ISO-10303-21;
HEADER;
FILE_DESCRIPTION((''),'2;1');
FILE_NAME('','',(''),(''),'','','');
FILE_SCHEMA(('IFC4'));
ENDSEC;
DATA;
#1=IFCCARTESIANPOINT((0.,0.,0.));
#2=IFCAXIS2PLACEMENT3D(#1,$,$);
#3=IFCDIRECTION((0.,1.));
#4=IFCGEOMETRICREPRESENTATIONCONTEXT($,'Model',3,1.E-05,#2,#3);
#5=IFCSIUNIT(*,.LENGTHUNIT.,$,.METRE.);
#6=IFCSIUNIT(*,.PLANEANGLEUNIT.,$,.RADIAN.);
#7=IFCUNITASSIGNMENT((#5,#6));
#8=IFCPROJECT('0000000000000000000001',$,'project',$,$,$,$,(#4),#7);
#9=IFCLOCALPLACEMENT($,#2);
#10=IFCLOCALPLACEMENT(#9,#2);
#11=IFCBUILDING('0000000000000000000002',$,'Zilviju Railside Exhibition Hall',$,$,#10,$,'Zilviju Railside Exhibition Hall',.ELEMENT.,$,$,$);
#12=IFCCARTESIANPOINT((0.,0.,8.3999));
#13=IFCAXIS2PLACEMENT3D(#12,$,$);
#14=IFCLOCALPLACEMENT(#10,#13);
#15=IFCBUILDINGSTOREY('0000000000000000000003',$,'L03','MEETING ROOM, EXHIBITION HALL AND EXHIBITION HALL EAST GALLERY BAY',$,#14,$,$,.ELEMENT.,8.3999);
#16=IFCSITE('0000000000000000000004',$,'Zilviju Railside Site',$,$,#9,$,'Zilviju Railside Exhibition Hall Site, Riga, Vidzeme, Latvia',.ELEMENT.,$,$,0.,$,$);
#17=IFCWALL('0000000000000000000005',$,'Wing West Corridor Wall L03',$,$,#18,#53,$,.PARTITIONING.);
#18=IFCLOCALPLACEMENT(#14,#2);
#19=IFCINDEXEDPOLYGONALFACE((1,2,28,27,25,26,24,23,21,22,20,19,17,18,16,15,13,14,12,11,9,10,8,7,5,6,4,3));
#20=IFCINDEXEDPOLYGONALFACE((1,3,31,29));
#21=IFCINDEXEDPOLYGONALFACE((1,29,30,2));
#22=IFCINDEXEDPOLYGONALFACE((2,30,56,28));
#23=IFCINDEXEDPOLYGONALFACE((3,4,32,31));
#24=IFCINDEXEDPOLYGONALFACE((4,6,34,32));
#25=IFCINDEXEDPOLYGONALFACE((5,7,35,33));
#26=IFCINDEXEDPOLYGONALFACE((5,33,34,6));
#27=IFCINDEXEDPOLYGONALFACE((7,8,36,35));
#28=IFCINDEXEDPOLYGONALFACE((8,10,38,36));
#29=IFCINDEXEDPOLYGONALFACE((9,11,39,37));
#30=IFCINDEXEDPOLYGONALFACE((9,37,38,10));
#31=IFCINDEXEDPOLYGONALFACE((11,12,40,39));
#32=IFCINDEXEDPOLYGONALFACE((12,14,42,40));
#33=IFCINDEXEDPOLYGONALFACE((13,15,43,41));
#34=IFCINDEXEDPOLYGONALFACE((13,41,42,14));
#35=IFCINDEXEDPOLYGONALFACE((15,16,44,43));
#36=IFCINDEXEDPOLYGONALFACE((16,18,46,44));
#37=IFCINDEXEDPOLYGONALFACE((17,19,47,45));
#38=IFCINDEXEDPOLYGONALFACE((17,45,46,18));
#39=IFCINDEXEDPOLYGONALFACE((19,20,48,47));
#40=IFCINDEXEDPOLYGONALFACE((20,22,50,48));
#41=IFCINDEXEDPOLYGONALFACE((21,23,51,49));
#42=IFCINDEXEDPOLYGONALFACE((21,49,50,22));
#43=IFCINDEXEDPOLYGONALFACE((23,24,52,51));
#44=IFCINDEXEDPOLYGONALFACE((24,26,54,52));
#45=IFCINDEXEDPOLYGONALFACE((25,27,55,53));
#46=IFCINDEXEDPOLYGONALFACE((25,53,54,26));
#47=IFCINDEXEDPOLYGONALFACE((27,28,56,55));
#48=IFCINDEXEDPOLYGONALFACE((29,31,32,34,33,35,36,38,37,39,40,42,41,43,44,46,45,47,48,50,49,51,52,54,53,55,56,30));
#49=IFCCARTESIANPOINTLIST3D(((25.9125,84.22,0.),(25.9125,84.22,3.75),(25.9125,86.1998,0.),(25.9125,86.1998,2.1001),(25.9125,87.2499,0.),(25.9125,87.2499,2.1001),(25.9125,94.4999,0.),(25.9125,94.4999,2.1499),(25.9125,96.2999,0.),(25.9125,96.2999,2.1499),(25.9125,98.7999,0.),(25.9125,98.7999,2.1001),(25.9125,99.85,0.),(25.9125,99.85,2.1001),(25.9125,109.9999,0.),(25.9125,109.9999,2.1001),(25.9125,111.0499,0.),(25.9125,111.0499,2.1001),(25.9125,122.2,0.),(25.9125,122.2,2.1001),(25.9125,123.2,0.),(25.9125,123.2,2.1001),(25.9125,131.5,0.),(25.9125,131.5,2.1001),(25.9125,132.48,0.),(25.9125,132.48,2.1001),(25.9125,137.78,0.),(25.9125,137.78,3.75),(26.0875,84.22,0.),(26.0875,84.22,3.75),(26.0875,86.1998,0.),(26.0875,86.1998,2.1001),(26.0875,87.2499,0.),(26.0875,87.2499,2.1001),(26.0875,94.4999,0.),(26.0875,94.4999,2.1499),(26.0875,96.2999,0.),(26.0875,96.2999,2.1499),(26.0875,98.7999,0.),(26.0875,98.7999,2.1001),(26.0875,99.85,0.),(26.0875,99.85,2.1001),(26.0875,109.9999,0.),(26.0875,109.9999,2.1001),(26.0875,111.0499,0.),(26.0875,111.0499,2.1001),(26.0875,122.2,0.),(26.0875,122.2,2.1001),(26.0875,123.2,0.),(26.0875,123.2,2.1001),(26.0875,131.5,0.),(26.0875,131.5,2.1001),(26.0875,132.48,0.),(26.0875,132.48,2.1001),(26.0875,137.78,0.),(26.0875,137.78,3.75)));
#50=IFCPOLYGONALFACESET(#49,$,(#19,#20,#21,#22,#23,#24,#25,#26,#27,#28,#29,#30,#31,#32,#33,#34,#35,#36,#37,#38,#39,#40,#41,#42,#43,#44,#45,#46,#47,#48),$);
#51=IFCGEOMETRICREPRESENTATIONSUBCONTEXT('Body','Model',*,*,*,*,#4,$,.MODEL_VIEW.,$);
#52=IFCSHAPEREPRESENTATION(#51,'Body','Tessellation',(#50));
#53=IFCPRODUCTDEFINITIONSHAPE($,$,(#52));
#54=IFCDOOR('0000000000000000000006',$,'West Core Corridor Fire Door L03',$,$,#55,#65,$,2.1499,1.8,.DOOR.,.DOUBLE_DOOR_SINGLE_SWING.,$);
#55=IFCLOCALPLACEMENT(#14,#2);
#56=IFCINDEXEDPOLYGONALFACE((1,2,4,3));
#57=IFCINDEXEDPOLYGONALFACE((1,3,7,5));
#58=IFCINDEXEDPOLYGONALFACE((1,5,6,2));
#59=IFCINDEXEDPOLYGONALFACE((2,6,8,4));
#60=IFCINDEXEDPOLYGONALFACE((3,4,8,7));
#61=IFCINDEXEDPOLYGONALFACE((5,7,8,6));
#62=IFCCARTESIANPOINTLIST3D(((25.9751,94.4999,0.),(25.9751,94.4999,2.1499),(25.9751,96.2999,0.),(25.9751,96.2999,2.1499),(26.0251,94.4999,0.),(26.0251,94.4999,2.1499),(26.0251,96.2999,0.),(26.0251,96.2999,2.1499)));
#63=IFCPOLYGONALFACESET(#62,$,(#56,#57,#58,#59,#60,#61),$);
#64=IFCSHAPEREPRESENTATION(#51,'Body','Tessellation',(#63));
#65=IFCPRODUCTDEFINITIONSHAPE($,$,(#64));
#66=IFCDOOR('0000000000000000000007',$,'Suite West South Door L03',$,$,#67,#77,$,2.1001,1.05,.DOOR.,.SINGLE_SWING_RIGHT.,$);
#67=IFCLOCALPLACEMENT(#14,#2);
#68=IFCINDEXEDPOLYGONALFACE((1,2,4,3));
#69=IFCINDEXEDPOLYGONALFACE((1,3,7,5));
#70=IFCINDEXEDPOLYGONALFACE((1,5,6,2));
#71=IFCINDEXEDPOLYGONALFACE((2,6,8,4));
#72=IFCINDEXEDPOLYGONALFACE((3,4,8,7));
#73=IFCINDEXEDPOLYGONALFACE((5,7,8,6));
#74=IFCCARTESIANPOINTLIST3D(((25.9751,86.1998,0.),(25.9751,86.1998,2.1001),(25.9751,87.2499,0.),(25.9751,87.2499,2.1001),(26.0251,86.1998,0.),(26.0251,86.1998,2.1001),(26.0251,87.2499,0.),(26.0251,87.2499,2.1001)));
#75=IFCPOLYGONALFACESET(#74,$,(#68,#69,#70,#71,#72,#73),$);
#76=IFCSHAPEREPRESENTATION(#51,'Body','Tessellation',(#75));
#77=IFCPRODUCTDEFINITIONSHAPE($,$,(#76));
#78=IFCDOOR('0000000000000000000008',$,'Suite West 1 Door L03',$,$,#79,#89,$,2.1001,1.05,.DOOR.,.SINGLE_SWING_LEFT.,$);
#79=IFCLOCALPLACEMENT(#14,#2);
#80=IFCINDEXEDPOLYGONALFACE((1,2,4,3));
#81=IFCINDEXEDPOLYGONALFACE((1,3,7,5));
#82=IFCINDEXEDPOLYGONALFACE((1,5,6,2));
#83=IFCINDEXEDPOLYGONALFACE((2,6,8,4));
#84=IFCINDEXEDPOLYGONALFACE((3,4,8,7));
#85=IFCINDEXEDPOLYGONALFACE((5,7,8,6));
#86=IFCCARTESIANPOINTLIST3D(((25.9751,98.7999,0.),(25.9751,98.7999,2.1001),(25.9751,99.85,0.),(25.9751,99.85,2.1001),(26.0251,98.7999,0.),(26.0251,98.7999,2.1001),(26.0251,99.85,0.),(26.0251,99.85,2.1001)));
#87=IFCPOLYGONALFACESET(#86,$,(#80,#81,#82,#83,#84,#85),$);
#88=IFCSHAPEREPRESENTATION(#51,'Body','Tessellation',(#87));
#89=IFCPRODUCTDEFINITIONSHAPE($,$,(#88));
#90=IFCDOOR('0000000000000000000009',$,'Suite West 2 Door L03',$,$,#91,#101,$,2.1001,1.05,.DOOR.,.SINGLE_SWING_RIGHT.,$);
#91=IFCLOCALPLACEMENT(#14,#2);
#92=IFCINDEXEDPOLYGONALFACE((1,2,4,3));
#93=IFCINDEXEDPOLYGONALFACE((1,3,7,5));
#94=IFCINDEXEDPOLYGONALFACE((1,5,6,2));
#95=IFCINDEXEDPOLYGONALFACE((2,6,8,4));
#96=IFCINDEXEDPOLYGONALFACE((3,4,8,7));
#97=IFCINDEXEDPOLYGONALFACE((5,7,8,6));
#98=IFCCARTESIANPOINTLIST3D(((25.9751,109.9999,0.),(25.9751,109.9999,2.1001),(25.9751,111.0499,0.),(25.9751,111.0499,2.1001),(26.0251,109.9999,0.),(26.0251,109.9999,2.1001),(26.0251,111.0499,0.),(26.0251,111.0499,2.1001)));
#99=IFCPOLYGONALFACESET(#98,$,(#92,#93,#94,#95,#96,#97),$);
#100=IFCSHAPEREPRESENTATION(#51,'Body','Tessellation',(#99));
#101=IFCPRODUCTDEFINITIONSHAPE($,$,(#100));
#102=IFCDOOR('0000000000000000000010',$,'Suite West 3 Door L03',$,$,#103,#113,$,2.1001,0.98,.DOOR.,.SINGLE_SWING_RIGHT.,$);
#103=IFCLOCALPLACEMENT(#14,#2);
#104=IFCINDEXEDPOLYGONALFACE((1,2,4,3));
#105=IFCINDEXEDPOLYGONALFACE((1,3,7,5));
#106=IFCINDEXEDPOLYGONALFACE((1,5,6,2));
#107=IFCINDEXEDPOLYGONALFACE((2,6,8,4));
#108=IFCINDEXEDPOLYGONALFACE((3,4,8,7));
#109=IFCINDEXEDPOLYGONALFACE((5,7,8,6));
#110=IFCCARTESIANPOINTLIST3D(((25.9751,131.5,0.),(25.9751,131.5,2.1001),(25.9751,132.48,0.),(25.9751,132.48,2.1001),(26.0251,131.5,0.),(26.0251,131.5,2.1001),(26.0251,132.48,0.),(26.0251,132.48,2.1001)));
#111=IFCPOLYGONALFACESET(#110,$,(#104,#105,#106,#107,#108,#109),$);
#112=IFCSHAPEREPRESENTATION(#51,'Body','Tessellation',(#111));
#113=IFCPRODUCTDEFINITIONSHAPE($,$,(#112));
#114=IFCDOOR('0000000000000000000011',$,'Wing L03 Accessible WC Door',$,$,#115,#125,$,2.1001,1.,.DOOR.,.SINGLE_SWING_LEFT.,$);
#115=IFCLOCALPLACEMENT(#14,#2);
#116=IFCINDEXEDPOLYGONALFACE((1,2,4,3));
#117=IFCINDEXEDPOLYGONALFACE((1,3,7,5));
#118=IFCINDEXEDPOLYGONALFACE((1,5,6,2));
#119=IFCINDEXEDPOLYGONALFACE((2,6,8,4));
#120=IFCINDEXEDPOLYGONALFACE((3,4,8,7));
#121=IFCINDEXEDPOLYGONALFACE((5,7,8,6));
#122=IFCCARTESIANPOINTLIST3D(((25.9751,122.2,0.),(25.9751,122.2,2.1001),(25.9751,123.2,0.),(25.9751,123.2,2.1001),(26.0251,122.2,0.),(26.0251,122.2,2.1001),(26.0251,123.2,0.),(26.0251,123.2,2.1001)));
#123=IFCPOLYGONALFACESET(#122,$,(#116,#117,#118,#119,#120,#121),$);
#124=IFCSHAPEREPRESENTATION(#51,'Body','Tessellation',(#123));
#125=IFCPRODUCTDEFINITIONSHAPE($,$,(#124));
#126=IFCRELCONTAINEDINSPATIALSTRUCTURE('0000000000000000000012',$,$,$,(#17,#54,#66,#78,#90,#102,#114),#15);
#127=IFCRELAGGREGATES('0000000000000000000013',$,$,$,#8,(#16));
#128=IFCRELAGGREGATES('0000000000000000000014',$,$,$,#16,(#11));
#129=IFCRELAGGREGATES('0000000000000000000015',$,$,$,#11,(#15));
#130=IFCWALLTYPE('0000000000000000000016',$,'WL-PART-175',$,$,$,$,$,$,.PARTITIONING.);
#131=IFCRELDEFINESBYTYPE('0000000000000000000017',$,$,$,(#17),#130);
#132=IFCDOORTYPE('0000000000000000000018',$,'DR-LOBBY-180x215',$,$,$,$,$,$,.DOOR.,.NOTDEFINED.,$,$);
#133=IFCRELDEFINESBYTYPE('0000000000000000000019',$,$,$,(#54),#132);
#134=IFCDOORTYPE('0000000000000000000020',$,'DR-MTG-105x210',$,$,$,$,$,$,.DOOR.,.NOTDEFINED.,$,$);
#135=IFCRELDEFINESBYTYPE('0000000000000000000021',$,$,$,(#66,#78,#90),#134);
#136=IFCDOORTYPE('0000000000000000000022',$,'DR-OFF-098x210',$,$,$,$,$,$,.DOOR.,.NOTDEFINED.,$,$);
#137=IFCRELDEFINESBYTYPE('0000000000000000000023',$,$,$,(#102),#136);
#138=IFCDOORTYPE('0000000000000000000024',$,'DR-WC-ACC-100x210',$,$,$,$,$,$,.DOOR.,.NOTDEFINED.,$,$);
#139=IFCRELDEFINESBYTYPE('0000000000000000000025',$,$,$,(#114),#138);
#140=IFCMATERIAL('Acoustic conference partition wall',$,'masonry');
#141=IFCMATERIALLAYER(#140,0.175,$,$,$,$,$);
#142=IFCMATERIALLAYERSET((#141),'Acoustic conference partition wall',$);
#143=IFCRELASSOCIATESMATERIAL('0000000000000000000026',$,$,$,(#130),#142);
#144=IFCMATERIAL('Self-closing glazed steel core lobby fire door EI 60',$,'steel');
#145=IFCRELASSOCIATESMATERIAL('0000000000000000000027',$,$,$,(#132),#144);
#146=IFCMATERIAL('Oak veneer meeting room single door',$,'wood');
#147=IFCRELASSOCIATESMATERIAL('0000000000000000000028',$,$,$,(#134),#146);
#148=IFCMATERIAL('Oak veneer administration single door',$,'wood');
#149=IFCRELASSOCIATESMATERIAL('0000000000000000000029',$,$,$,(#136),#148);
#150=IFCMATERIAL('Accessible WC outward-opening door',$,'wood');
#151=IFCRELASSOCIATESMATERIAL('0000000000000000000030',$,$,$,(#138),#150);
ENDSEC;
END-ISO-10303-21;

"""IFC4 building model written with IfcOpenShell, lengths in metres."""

from ifc_helpers import new_model, si_unit, direction, frame, frame_2d, origin, place, context, subcontext, project, spatial, rectangle, extrude, material, layer, layer_set, type_object, element, fill, save


model = new_model("IFC4")

# Units and contexts
model_context = context("Model", 3, precision=1e-05, world=origin(), true_north=direction((0.0, 1.0)))
body_context = subcontext(model_context, "Body", "Model", "MODEL_VIEW")
ifc_project = project(units=[si_unit("LENGTHUNIT", "METRE"), si_unit("PLANEANGLEUNIT", "RADIAN")], contexts=[model_context])

# Site, building, storey
site_placement = place(None, origin())
site = spatial("IfcSite", under=ifc_project, at=site_placement, Name="Zilviju Railside Site", LongName="Zilviju Railside Exhibition Hall Site, Riga, Vidzeme, Latvia", CompositionType="ELEMENT", RefElevation=0.0)
building_placement = place(site_placement, origin())
building = spatial("IfcBuilding", under=site, at=building_placement, Name="Zilviju Railside Exhibition Hall", LongName="Zilviju Railside Exhibition Hall", CompositionType="ELEMENT")
storey_placement = place(building_placement, frame((0.0, 0.0, 8.3999)))
storey = spatial("IfcBuildingStorey", under=building, at=storey_placement, Name="L03", Description="MEETING ROOM, EXHIBITION HALL AND EXHIBITION HALL EAST GALLERY BAY", CompositionType="ELEMENT", Elevation=8.3999)

# Wall, openings, doors
ifc_material_1 = material(Name="Acoustic conference partition wall", Category="masonry")
ifc_layer_1 = layer(ifc_material_1, 0.175)
ifc_layer_set_1 = layer_set([ifc_layer_1], Name="Acoustic conference partition wall")
wall_type_1 = type_object("IfcWallType", Name="WL-PART-175", PredefinedType="PARTITIONING", material=ifc_layer_set_1)
wall_1_placement = place(storey_placement, frame((26.0, 84.22, 0.0), z_axis=(0.0, 0.0, 1.0), x_axis=(0.0, 1.0, 0.0)))
wall_1 = element("IfcWall", 1, at=wall_1_placement, inside=storey, type_object=wall_type_1, Name="Wing West Corridor Wall L03", PredefinedType="PARTITIONING", context=body_context, shape_type="SweptSolid", body=[
    extrude(rectangle(XDim=53.5601, YDim=0.175, at=frame_2d((26.78, 0.0))), origin(), (0.0, 0.0, 1.0), 3.75),
])
opening_1_placement = place(wall_1_placement, frame((1.98, 0.0, 0.0)))
opening_1 = element("IfcOpeningElement", 2, at=opening_1_placement, cuts=wall_1, PredefinedType="OPENING", context=body_context, shape_type="SweptSolid", body=[
    extrude(rectangle(XDim=1.05, YDim=2.1001, at=frame_2d((0.5249, 1.05))), frame((0.0, 0.0974, 0.0), z_axis=(0.0, -1.0, 0.0), x_axis=(1.0, 0.0, 0.0)), (0.0, 0.0, 1.0), 0.1951),
])
opening_2_placement = place(wall_1_placement, frame((10.28, 0.0, 0.0)))
opening_2 = element("IfcOpeningElement", 3, at=opening_2_placement, cuts=wall_1, PredefinedType="OPENING", context=body_context, shape_type="SweptSolid", body=[
    extrude(rectangle(XDim=1.8, YDim=2.1499, at=frame_2d((0.8999, 1.075))), frame((0.0, 0.0974, 0.0), z_axis=(0.0, -1.0, 0.0), x_axis=(1.0, 0.0, 0.0)), (0.0, 0.0, 1.0), 0.1951),
])
opening_3_placement = place(wall_1_placement, frame((14.5801, 0.0, 0.0)))
opening_3 = element("IfcOpeningElement", 4, at=opening_3_placement, cuts=wall_1, PredefinedType="OPENING", context=body_context, shape_type="SweptSolid", body=[
    extrude(rectangle(XDim=1.05, YDim=2.1001, at=frame_2d((0.5249, 1.05))), frame((0.0, 0.0974, 0.0), z_axis=(0.0, -1.0, 0.0), x_axis=(1.0, 0.0, 0.0)), (0.0, 0.0, 1.0), 0.1951),
])
opening_4_placement = place(wall_1_placement, frame((25.78, 0.0, 0.0)))
opening_4 = element("IfcOpeningElement", 5, at=opening_4_placement, cuts=wall_1, PredefinedType="OPENING", context=body_context, shape_type="SweptSolid", body=[
    extrude(rectangle(XDim=1.05, YDim=2.1001, at=frame_2d((0.5249, 1.05))), frame((0.0, 0.0974, 0.0), z_axis=(0.0, -1.0, 0.0), x_axis=(1.0, 0.0, 0.0)), (0.0, 0.0, 1.0), 0.1951),
])
opening_5_placement = place(wall_1_placement, frame((37.98, 0.0, 0.0)))
opening_5 = element("IfcOpeningElement", 6, at=opening_5_placement, cuts=wall_1, PredefinedType="OPENING", context=body_context, shape_type="SweptSolid", body=[
    extrude(rectangle(XDim=1.0, YDim=2.1001, at=frame_2d((0.5, 1.05))), frame((0.0, 0.0974, 0.0), z_axis=(0.0, -1.0, 0.0), x_axis=(1.0, 0.0, 0.0)), (0.0, 0.0, 1.0), 0.1951),
])
opening_6_placement = place(wall_1_placement, frame((47.28, 0.0, 0.0)))
opening_6 = element("IfcOpeningElement", 7, at=opening_6_placement, cuts=wall_1, PredefinedType="OPENING", context=body_context, shape_type="SweptSolid", body=[
    extrude(rectangle(XDim=0.98, YDim=2.1001, at=frame_2d((0.49, 1.05))), frame((0.0, 0.0974, 0.0), z_axis=(0.0, -1.0, 0.0), x_axis=(1.0, 0.0, 0.0)), (0.0, 0.0, 1.0), 0.1951),
])
ifc_material_2 = material(Name="Self-closing glazed steel core lobby fire door EI 60", Category="steel")
door_type_1 = type_object("IfcDoorType", Name="DR-LOBBY-180x215", OperationType="NOTDEFINED", PredefinedType="DOOR", material=ifc_material_2)
door_1_placement = place(opening_2_placement, origin())
door_1 = element("IfcDoor", 8, at=door_1_placement, inside=storey, type_object=door_type_1, Name="West Core Corridor Fire Door L03", OperationType="DOUBLE_DOOR_SINGLE_SWING", OverallHeight=2.1499, OverallWidth=1.8, PredefinedType="DOOR", context=body_context, shape_type="SweptSolid", body=[
    extrude(rectangle(XDim=1.8, YDim=2.1499, at=frame_2d((0.8999, 1.075))), frame((0.0, 0.0249, 0.0), z_axis=(0.0, -1.0, 0.0), x_axis=(1.0, 0.0, 0.0)), (0.0, 0.0, 1.0), 0.05),
])
fill(opening_2, door_1)
ifc_material_3 = material(Name="Oak veneer meeting room single door", Category="wood")
door_type_2 = type_object("IfcDoorType", Name="DR-MTG-105x210", OperationType="NOTDEFINED", PredefinedType="DOOR", material=ifc_material_3)
door_2_placement = place(opening_1_placement, origin())
door_2 = element("IfcDoor", 9, at=door_2_placement, inside=storey, type_object=door_type_2, Name="Suite West South Door L03", OperationType="SINGLE_SWING_RIGHT", OverallHeight=2.1001, OverallWidth=1.05, PredefinedType="DOOR", context=body_context, shape_type="SweptSolid", body=[
    extrude(rectangle(XDim=1.05, YDim=2.1001, at=frame_2d((0.5249, 1.05))), frame((0.0, 0.0249, 0.0), z_axis=(0.0, -1.0, 0.0), x_axis=(1.0, 0.0, 0.0)), (0.0, 0.0, 1.0), 0.05),
])
fill(opening_1, door_2)
door_3_placement = place(opening_3_placement, origin())
door_3 = element("IfcDoor", 10, at=door_3_placement, inside=storey, type_object=door_type_2, Name="Suite West 1 Door L03", OperationType="SINGLE_SWING_LEFT", OverallHeight=2.1001, OverallWidth=1.05, PredefinedType="DOOR", context=body_context, shape_type="SweptSolid", body=[
    extrude(rectangle(XDim=1.05, YDim=2.1001, at=frame_2d((0.5249, 1.05))), frame((0.0, 0.0249, 0.0), z_axis=(0.0, -1.0, 0.0), x_axis=(1.0, 0.0, 0.0)), (0.0, 0.0, 1.0), 0.05),
])
fill(opening_3, door_3)
door_4_placement = place(opening_4_placement, origin())
door_4 = element("IfcDoor", 11, at=door_4_placement, inside=storey, type_object=door_type_2, Name="Suite West 2 Door L03", OperationType="SINGLE_SWING_RIGHT", OverallHeight=2.1001, OverallWidth=1.05, PredefinedType="DOOR", context=body_context, shape_type="SweptSolid", body=[
    extrude(rectangle(XDim=1.05, YDim=2.1001, at=frame_2d((0.5249, 1.05))), frame((0.0, 0.0249, 0.0), z_axis=(0.0, -1.0, 0.0), x_axis=(1.0, 0.0, 0.0)), (0.0, 0.0, 1.0), 0.05),
])
fill(opening_4, door_4)
ifc_material_4 = material(Name="Oak veneer administration single door", Category="wood")
door_type_3 = type_object("IfcDoorType", Name="DR-OFF-098x210", OperationType="NOTDEFINED", PredefinedType="DOOR", material=ifc_material_4)
door_5_placement = place(opening_6_placement, origin())
door_5 = element("IfcDoor", 12, at=door_5_placement, inside=storey, type_object=door_type_3, Name="Suite West 3 Door L03", OperationType="SINGLE_SWING_RIGHT", OverallHeight=2.1001, OverallWidth=0.98, PredefinedType="DOOR", context=body_context, shape_type="SweptSolid", body=[
    extrude(rectangle(XDim=0.98, YDim=2.1001, at=frame_2d((0.49, 1.05))), frame((0.0, 0.0249, 0.0), z_axis=(0.0, -1.0, 0.0), x_axis=(1.0, 0.0, 0.0)), (0.0, 0.0, 1.0), 0.05),
])
fill(opening_6, door_5)
ifc_material_5 = material(Name="Accessible WC outward-opening door", Category="wood")
door_type_4 = type_object("IfcDoorType", Name="DR-WC-ACC-100x210", OperationType="NOTDEFINED", PredefinedType="DOOR", material=ifc_material_5)
door_6_placement = place(opening_5_placement, origin())
door_6 = element("IfcDoor", 13, at=door_6_placement, inside=storey, type_object=door_type_4, Name="Wing L03 Accessible WC Door", OperationType="SINGLE_SWING_LEFT", OverallHeight=2.1001, OverallWidth=1.0, PredefinedType="DOOR", context=body_context, shape_type="SweptSolid", body=[
    extrude(rectangle(XDim=1.0, YDim=2.1001, at=frame_2d((0.5, 1.05))), frame((0.0, 0.0249, 0.0), z_axis=(0.0, -1.0, 0.0), x_axis=(1.0, 0.0, 0.0)), (0.0, 0.0, 1.0), 0.05),
])
fill(opening_5, door_6)

save(model, "model.ifc")
